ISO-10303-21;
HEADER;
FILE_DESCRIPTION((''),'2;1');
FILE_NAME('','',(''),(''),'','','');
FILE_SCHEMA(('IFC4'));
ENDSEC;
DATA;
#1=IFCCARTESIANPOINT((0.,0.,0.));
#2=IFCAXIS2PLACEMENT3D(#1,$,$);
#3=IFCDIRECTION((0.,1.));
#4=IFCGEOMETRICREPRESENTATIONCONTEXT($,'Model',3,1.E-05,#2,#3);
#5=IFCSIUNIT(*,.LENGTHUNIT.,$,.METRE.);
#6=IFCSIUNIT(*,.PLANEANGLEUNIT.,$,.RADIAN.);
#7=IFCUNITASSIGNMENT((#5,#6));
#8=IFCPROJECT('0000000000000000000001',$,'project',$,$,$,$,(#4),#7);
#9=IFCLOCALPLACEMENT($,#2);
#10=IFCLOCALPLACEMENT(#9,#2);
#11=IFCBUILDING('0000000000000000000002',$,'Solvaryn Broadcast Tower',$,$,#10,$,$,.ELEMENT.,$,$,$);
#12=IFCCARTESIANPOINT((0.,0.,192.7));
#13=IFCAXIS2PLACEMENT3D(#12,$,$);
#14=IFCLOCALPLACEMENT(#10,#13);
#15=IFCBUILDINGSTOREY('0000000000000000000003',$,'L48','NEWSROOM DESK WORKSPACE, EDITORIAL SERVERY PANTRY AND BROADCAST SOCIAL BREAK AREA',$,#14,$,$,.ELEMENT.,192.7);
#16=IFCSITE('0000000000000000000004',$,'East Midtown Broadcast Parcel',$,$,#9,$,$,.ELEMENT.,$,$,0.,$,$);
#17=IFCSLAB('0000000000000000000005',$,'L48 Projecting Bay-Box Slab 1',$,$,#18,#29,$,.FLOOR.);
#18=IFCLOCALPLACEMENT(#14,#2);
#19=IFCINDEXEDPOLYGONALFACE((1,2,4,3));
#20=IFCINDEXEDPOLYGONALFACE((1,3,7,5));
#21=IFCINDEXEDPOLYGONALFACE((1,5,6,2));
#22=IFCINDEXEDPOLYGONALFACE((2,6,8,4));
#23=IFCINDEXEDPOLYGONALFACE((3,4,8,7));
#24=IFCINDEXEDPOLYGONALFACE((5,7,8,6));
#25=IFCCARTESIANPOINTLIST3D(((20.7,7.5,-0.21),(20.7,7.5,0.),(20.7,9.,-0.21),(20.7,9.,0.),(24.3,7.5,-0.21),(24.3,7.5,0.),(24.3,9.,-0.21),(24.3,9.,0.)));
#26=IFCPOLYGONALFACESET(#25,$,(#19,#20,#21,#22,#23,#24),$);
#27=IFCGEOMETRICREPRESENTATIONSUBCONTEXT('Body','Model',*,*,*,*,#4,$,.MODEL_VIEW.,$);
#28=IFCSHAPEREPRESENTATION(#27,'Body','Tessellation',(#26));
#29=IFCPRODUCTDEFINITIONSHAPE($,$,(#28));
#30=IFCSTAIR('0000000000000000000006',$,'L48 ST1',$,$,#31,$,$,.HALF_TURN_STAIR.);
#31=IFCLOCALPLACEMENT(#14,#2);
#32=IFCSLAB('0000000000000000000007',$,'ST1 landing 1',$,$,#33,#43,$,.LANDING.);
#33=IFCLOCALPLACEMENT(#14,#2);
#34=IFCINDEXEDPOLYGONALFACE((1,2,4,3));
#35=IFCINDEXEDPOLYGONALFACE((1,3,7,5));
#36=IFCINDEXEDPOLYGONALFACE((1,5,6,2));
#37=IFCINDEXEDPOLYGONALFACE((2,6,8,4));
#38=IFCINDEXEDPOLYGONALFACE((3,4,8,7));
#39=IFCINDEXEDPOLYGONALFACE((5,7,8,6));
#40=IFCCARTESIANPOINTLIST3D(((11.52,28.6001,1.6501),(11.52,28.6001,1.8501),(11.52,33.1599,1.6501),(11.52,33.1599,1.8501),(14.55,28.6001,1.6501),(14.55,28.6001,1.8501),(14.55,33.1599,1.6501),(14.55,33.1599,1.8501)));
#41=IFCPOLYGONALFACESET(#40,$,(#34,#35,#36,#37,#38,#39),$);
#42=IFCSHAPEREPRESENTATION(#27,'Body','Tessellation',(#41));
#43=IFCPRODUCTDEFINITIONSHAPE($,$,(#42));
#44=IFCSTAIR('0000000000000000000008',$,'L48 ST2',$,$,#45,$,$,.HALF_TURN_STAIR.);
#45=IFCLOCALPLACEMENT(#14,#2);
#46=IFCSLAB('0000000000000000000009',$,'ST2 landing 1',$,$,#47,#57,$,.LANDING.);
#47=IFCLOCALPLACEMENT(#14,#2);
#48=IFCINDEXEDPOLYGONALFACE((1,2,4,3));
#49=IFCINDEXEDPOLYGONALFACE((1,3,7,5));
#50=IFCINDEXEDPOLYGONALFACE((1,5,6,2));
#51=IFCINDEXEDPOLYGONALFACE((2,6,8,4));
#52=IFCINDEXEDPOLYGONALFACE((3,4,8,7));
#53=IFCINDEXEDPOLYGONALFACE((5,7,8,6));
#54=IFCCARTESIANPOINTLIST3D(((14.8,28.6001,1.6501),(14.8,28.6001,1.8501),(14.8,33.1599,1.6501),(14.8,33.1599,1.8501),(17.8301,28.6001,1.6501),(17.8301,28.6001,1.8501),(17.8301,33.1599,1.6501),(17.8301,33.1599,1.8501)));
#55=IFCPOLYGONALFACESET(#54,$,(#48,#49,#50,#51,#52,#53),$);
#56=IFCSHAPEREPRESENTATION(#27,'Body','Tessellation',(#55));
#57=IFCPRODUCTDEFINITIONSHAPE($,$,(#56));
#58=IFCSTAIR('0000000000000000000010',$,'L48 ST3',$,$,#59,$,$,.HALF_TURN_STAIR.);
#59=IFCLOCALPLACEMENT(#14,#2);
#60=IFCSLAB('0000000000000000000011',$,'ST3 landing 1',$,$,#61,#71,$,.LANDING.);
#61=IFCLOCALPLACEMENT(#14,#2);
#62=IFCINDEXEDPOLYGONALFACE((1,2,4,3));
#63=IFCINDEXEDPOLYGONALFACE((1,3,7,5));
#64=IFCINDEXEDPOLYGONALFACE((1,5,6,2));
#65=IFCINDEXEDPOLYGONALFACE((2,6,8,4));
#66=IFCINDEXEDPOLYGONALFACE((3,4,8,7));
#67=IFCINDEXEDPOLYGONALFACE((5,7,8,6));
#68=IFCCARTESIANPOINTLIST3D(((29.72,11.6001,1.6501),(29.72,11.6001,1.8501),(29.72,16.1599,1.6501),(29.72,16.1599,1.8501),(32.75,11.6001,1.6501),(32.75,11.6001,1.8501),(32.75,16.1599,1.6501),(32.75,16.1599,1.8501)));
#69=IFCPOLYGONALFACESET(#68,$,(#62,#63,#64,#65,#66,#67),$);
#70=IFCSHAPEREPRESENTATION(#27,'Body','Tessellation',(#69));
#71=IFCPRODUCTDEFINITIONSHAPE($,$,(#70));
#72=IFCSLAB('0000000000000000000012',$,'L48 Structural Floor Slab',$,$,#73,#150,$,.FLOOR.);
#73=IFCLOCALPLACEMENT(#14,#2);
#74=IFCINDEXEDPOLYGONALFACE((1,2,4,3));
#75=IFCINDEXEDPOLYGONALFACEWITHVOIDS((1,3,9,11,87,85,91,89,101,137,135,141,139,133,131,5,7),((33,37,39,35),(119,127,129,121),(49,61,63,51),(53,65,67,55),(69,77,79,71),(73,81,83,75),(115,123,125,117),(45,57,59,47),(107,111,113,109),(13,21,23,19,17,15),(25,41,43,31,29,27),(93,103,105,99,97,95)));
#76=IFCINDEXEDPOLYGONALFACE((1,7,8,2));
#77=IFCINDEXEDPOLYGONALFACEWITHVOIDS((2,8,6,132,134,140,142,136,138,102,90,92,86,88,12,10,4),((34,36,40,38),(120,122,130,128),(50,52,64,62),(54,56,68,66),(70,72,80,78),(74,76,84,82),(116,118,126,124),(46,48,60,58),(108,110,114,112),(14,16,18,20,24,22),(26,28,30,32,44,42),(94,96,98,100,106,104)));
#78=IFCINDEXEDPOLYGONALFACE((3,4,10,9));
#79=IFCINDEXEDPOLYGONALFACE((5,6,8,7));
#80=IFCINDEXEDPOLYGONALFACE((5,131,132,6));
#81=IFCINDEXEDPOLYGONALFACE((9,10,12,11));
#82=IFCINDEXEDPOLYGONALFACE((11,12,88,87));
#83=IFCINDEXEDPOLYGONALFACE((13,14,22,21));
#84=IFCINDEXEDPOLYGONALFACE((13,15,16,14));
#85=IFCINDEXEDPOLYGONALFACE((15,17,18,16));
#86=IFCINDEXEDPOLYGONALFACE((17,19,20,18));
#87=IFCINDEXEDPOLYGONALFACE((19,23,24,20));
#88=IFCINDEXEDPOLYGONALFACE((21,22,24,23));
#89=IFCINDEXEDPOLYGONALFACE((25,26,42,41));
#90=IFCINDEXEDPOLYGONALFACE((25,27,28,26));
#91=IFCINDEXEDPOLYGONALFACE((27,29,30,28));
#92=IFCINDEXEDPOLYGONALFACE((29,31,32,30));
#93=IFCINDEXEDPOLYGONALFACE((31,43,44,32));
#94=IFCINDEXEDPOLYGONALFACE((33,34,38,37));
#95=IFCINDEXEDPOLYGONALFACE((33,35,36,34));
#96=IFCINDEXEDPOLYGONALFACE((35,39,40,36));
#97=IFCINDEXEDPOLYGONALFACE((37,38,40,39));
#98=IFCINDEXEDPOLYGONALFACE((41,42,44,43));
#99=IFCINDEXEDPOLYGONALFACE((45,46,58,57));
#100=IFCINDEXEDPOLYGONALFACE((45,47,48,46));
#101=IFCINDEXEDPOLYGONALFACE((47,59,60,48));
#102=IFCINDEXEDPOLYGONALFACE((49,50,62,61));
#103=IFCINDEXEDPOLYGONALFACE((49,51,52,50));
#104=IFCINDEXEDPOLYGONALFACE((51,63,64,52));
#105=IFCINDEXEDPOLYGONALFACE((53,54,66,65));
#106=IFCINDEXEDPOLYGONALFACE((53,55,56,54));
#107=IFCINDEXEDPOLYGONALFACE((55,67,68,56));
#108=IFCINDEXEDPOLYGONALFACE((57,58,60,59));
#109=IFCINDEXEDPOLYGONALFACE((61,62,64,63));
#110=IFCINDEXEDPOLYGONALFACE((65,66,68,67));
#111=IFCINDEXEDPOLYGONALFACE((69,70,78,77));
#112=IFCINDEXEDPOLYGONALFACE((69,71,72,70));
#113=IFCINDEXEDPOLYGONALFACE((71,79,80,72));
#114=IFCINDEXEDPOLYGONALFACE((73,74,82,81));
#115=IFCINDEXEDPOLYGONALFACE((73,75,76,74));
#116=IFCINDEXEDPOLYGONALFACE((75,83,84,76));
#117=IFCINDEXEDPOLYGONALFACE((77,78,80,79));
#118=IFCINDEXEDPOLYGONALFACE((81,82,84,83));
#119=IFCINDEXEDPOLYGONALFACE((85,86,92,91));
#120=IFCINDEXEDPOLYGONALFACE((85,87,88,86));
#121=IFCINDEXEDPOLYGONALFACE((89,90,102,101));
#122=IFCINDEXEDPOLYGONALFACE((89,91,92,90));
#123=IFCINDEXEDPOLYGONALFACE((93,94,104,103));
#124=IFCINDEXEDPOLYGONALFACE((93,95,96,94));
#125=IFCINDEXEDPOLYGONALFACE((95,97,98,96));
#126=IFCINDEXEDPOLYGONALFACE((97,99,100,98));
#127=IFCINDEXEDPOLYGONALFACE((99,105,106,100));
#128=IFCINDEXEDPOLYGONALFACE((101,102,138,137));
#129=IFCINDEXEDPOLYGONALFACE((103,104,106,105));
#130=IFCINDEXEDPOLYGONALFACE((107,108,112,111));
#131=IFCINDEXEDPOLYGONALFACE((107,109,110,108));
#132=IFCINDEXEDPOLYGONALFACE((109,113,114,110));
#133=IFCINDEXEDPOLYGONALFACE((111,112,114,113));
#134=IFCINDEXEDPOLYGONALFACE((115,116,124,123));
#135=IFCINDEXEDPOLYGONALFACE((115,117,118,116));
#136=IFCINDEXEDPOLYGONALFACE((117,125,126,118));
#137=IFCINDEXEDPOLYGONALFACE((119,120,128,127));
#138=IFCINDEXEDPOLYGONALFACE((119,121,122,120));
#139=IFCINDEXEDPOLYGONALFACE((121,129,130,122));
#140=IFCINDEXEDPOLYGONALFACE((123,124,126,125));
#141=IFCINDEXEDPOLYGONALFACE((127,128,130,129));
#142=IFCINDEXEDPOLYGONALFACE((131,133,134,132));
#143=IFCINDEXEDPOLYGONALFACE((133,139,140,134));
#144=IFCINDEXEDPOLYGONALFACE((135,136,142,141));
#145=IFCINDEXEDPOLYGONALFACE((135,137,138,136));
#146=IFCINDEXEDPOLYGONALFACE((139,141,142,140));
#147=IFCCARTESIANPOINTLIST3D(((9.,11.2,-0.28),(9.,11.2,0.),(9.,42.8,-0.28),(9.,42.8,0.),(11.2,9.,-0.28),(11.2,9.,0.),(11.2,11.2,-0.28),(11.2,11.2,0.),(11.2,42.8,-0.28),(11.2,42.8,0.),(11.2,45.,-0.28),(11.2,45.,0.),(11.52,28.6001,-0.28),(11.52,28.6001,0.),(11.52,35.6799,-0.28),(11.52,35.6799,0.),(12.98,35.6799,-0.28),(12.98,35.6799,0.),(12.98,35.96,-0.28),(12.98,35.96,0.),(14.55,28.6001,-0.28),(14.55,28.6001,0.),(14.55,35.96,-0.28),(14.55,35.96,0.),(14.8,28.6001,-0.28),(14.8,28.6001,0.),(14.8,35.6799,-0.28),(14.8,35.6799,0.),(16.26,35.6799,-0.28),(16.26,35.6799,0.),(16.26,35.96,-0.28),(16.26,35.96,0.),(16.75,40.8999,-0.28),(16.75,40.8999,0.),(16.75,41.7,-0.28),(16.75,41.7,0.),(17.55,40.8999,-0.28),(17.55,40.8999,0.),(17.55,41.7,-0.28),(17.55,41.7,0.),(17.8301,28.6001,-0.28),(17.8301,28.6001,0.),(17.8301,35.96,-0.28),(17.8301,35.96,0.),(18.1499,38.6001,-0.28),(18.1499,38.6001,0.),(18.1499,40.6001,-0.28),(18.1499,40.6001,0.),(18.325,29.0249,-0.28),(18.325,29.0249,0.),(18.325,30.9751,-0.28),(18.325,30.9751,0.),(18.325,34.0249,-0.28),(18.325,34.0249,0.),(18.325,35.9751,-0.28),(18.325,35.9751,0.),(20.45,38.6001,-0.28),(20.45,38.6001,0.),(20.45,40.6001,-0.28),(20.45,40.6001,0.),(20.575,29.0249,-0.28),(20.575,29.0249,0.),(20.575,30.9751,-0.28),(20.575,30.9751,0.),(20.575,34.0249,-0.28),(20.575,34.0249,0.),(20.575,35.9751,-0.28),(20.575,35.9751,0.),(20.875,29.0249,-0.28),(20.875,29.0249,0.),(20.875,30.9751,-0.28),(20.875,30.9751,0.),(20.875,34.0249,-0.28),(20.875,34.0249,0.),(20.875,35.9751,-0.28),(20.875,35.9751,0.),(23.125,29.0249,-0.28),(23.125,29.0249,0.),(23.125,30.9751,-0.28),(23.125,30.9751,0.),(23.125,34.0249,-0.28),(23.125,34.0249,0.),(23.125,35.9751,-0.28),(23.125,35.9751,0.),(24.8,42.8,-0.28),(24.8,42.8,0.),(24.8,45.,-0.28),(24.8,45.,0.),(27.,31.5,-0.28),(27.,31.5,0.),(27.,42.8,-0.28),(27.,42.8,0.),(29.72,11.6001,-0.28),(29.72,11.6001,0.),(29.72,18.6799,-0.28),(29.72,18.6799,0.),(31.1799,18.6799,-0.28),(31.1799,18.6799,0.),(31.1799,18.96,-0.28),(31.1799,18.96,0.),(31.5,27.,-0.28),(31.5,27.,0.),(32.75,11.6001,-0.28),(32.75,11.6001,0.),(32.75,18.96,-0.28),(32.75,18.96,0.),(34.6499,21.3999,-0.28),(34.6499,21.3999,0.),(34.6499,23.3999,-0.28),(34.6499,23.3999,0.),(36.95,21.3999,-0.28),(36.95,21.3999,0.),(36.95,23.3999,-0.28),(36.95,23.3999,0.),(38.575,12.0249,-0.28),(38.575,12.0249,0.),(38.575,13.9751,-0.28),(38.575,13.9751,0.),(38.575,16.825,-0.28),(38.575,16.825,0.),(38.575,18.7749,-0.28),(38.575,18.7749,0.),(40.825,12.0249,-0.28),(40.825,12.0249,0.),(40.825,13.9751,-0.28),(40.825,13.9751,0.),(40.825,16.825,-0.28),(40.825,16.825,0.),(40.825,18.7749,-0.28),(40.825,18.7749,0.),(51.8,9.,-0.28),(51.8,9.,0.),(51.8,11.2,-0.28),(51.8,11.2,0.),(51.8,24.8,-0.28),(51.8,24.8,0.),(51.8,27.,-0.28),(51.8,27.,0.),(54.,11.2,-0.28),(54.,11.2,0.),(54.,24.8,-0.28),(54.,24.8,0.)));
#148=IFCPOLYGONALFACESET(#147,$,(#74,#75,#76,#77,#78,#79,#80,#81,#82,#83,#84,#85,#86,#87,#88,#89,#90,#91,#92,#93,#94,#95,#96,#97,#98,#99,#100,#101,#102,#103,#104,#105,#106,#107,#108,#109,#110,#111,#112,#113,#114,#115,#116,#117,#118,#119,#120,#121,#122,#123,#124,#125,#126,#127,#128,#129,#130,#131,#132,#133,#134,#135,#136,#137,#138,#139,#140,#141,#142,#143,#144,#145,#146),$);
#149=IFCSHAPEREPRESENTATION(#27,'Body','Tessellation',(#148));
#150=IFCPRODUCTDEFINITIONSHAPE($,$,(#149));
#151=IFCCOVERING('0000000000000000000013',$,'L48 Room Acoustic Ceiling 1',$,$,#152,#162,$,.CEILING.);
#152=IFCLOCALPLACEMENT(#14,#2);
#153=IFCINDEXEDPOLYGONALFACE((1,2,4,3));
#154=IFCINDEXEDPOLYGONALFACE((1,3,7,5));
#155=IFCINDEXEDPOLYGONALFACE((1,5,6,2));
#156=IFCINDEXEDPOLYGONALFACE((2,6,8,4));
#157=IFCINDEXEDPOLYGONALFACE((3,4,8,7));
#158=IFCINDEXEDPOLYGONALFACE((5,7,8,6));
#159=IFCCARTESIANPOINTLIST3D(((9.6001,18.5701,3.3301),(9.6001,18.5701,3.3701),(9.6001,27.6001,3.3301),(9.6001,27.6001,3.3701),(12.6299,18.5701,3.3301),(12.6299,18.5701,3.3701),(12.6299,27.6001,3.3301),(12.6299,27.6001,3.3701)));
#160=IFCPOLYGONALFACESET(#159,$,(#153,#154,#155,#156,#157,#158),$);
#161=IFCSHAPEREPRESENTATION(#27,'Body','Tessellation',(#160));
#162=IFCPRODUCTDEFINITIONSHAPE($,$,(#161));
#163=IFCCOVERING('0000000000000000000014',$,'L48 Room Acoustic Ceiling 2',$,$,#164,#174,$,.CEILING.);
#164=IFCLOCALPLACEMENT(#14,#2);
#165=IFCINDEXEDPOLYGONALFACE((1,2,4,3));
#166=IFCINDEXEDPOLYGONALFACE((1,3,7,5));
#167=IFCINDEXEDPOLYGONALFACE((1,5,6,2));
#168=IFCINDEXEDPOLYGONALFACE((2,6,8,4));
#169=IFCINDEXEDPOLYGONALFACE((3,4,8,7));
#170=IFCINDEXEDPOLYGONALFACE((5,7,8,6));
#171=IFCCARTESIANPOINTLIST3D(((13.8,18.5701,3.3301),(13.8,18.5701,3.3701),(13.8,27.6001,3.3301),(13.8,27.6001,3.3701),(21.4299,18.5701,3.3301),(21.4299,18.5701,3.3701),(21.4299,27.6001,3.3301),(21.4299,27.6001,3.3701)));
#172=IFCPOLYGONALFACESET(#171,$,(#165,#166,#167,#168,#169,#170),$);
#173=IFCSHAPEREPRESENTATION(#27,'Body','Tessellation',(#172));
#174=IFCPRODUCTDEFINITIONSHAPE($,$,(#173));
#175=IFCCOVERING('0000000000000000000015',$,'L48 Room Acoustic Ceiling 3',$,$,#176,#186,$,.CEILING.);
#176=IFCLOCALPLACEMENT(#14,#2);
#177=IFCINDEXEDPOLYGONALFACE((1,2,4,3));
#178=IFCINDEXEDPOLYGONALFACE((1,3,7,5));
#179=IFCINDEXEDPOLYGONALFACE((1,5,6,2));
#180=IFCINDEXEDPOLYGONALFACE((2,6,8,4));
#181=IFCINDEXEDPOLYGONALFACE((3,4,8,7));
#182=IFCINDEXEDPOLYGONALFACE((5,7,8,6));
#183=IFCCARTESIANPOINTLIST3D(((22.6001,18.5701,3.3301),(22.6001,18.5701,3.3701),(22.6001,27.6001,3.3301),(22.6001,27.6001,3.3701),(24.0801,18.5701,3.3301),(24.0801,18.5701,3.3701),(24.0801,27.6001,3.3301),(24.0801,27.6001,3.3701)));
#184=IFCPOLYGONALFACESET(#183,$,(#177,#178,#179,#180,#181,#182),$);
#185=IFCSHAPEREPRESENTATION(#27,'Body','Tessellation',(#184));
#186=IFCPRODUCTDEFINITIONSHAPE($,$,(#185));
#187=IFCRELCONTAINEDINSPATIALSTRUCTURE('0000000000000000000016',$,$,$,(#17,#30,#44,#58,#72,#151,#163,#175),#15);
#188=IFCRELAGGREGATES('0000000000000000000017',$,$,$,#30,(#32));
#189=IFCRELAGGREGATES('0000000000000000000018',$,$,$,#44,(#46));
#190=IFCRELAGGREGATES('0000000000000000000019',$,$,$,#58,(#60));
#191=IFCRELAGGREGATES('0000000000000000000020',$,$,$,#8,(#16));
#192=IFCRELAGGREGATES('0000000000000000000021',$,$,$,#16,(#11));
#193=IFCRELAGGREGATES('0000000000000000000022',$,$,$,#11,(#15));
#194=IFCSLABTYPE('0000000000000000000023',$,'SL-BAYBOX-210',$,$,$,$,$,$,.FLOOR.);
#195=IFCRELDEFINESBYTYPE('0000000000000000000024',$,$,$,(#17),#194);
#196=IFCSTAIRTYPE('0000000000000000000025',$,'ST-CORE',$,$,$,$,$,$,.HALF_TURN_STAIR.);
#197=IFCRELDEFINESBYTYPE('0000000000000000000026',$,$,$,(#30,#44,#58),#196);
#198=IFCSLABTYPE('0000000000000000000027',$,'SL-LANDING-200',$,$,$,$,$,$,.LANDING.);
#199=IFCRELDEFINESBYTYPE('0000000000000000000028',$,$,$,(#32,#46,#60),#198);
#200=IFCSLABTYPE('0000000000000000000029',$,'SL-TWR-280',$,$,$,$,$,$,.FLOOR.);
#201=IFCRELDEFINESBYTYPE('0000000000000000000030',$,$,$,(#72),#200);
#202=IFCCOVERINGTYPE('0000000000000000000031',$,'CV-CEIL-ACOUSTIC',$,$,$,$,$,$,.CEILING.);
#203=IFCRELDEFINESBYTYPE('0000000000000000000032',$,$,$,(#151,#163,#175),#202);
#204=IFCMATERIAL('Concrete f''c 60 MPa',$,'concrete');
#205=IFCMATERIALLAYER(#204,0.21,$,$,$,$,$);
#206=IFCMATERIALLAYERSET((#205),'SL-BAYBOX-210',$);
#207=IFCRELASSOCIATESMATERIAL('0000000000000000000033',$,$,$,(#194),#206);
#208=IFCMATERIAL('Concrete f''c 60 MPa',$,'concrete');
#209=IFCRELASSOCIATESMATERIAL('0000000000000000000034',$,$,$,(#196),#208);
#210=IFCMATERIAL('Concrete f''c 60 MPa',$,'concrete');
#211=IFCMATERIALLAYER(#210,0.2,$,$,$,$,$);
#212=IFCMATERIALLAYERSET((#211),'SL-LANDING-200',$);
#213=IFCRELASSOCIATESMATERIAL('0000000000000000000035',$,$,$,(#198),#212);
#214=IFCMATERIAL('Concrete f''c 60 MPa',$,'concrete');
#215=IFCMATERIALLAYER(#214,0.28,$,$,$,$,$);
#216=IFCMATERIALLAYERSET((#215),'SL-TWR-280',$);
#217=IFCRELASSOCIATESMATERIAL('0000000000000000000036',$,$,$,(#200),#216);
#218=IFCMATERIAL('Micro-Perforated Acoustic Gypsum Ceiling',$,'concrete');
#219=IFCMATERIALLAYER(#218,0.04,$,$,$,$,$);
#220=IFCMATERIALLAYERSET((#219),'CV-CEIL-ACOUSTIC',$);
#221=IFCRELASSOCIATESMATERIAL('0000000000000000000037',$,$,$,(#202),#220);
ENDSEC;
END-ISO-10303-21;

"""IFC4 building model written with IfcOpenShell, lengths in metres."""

from ifc_helpers import new_model, si_unit, direction, frame, origin, place, context, subcontext, project, spatial, polyline, outline, extrude, material, layer, layer_set, type_object, element, aggregate, save


model = new_model("IFC4")

# Units and contexts
model_context = context("Model", 3, precision=1e-05, world=origin(), true_north=direction((0.0, 1.0)))
body_context = subcontext(model_context, "Body", "Model", "MODEL_VIEW")
ifc_project = project(units=[si_unit("LENGTHUNIT", "METRE"), si_unit("PLANEANGLEUNIT", "RADIAN")], contexts=[model_context])

# Site, building, storey
site_placement = place(None, origin())
site = spatial("IfcSite", under=ifc_project, at=site_placement, Name="East Midtown Broadcast Parcel", CompositionType="ELEMENT", RefElevation=0.0)
building_placement = place(site_placement, origin())
building = spatial("IfcBuilding", under=site, at=building_placement, Name="Solvaryn Broadcast Tower", CompositionType="ELEMENT")
storey_placement = place(building_placement, frame((0.0, 0.0, 192.7)))
storey = spatial("IfcBuildingStorey", under=building, at=storey_placement, Name="L48", Description="NEWSROOM DESK WORKSPACE, EDITORIAL SERVERY PANTRY AND BROADCAST SOCIAL BREAK AREA", CompositionType="ELEMENT", Elevation=192.7)

# Slab
ifc_material_1 = material(Name="Concrete f'c 60 MPa", Category="concrete")
ifc_layer_1 = layer(ifc_material_1, 0.21)
ifc_layer_set_1 = layer_set([ifc_layer_1], Name="SL-BAYBOX-210")
slab_type_1 = type_object("IfcSlabType", Name="SL-BAYBOX-210", PredefinedType="FLOOR", material=ifc_layer_set_1)
slab_1_placement = place(storey_placement, frame((0.0, 0.0, -0.21)))
element("IfcSlab", 1, at=slab_1_placement, inside=storey, type_object=slab_type_1, Name="L48 Projecting Bay-Box Slab 1", PredefinedType="FLOOR", context=body_context, shape_type="SweptSolid", body=[
    extrude(outline(polyline([(20.7, 7.5), (24.3, 7.5), (24.3, 9.0), (20.7, 9.0), (20.7, 7.5)])), origin(), (0.0, 0.0, 1.0), 0.21),
])

# Stairs, slabs
ifc_material_2 = material(Name="Concrete f'c 60 MPa", Category="concrete")
stair_type = type_object("IfcStairType", Name="ST-CORE", PredefinedType="HALF_TURN_STAIR", material=ifc_material_2)
stair_1_placement = place(storey_placement, origin())
stair_1 = element("IfcStair", 2, at=stair_1_placement, inside=storey, type_object=stair_type, Name="L48 ST1", PredefinedType="HALF_TURN_STAIR")
ifc_material_3 = material(Name="Concrete f'c 60 MPa", Category="concrete")
ifc_layer_2 = layer(ifc_material_3, 0.2)
ifc_layer_set_2 = layer_set([ifc_layer_2], Name="SL-LANDING-200")
slab_type_2 = type_object("IfcSlabType", Name="SL-LANDING-200", PredefinedType="LANDING", material=ifc_layer_set_2)
slab_2_placement = place(storey_placement, frame((0.0, 0.0, 1.6501)))
slab_2 = element("IfcSlab", 3, at=slab_2_placement, type_object=slab_type_2, Name="ST1 landing 1", PredefinedType="LANDING", context=body_context, shape_type="SweptSolid", body=[
    extrude(outline(polyline([(11.52, 33.1599), (11.52, 28.6001), (14.55, 28.6001), (14.55, 33.1599), (11.52, 33.1599)])), origin(), (0.0, 0.0, 1.0), 0.2),
])
aggregate(stair_1, [slab_2])
stair_2_placement = place(storey_placement, origin())
stair_2 = element("IfcStair", 4, at=stair_2_placement, inside=storey, type_object=stair_type, Name="L48 ST2", PredefinedType="HALF_TURN_STAIR")
slab_3_placement = place(storey_placement, frame((0.0, 0.0, 1.6501)))
slab_3 = element("IfcSlab", 5, at=slab_3_placement, type_object=slab_type_2, Name="ST2 landing 1", PredefinedType="LANDING", context=body_context, shape_type="SweptSolid", body=[
    extrude(outline(polyline([(14.8, 33.1599), (14.8, 28.6001), (17.8301, 28.6001), (17.8301, 33.1599), (14.8, 33.1599)])), origin(), (0.0, 0.0, 1.0), 0.2),
])
aggregate(stair_2, [slab_3])
stair_3_placement = place(storey_placement, origin())
stair_3 = element("IfcStair", 6, at=stair_3_placement, inside=storey, type_object=stair_type, Name="L48 ST3", PredefinedType="HALF_TURN_STAIR")
slab_4_placement = place(storey_placement, frame((0.0, 0.0, 1.6501)))
slab_4 = element("IfcSlab", 7, at=slab_4_placement, type_object=slab_type_2, Name="ST3 landing 1", PredefinedType="LANDING", context=body_context, shape_type="SweptSolid", body=[
    extrude(outline(polyline([(29.72, 16.1599), (29.72, 11.6001), (32.75, 11.6001), (32.75, 16.1599), (29.72, 16.1599)])), origin(), (0.0, 0.0, 1.0), 0.2),
])
aggregate(stair_3, [slab_4])

# Slab
ifc_material_4 = material(Name="Concrete f'c 60 MPa", Category="concrete")
ifc_layer_3 = layer(ifc_material_4, 0.28)
ifc_layer_set_3 = layer_set([ifc_layer_3], Name="SL-TWR-280")
slab_type_3 = type_object("IfcSlabType", Name="SL-TWR-280", PredefinedType="FLOOR", material=ifc_layer_set_3)
slab_5_placement = place(storey_placement, frame((0.0, 0.0, -0.28)))
element("IfcSlab", 8, at=slab_5_placement, inside=storey, type_object=slab_type_3, Name="L48 Structural Floor Slab", PredefinedType="FLOOR", context=body_context, shape_type="SweptSolid", body=[
    extrude(outline(polyline([(11.2, 9.0), (51.8, 9.0), (51.8, 11.2), (54.0, 11.2), (54.0, 24.8), (51.8, 24.8), (51.8, 27.0), (31.5, 27.0), (27.0, 31.5), (27.0, 42.8), (24.8, 42.8), (24.8, 45.0), (11.2, 45.0), (11.2, 42.8), (9.0, 42.8), (9.0, 11.2), (11.2, 11.2), (11.2, 9.0)]), holes=[polyline([(11.52, 28.6001), (14.55, 28.6001), (14.55, 35.96), (12.98, 35.96), (12.98, 35.6799), (11.52, 35.6799), (11.52, 28.6001)]), polyline([(14.8, 28.6001), (17.8301, 28.6001), (17.8301, 35.96), (16.26, 35.96), (16.26, 35.6799), (14.8, 35.6799), (14.8, 28.6001)]), polyline([(29.72, 11.6001), (32.75, 11.6001), (32.75, 18.96), (31.1799, 18.96), (31.1799, 18.6799), (29.72, 18.6799), (29.72, 11.6001)]), polyline([(18.1499, 38.6001), (20.45, 38.6001), (20.45, 40.6001), (18.1499, 40.6001), (18.1499, 38.6001)]), polyline([(18.325, 29.0249), (20.575, 29.0249), (20.575, 30.9751), (18.325, 30.9751), (18.325, 29.0249)]), polyline([(20.875, 29.0249), (23.125, 29.0249), (23.125, 30.9751), (20.875, 30.9751), (20.875, 29.0249)]), polyline([(18.325, 34.0249), (20.575, 34.0249), (20.575, 35.9751), (18.325, 35.9751), (18.325, 34.0249)]), polyline([(20.875, 34.0249), (23.125, 34.0249), (23.125, 35.9751), (20.875, 35.9751), (20.875, 34.0249)]), polyline([(34.6499, 21.3999), (36.95, 21.3999), (36.95, 23.3999), (34.6499, 23.3999), (34.6499, 21.3999)]), polyline([(38.575, 12.0249), (40.825, 12.0249), (40.825, 13.9751), (38.575, 13.9751), (38.575, 12.0249)]), polyline([(38.575, 16.825), (40.825, 16.825), (40.825, 18.7749), (38.575, 18.7749), (38.575, 16.825)]), polyline([(16.75, 40.8999), (17.55, 40.8999), (17.55, 41.7), (16.75, 41.7), (16.75, 40.8999)])]), origin(), (0.0, 0.0, 1.0), 0.28),
])

# Coverings
ifc_material_5 = material(Name="Micro-Perforated Acoustic Gypsum Ceiling", Category="concrete")
ifc_layer_4 = layer(ifc_material_5, 0.04)
ifc_layer_set_4 = layer_set([ifc_layer_4], Name="CV-CEIL-ACOUSTIC")
covering_type_1 = type_object("IfcCoveringType", Name="CV-CEIL-ACOUSTIC", PredefinedType="CEILING", material=ifc_layer_set_4)
covering_1_placement = place(storey_placement, frame((0.0, 0.0, 3.3301)))
element("IfcCovering", 9, at=covering_1_placement, inside=storey, type_object=covering_type_1, Name="L48 Room Acoustic Ceiling 1", PredefinedType="CEILING", context=body_context, shape_type="SweptSolid", body=[
    extrude(outline(polyline([(9.6001, 18.5701), (12.6299, 18.5701), (12.6299, 27.6001), (9.6001, 27.6001), (9.6001, 18.5701)])), origin(), (0.0, 0.0, 1.0), 0.04),
])
covering_2_placement = place(storey_placement, frame((0.0, 0.0, 3.3301)))
element("IfcCovering", 10, at=covering_2_placement, inside=storey, type_object=covering_type_1, Name="L48 Room Acoustic Ceiling 2", PredefinedType="CEILING", context=body_context, shape_type="SweptSolid", body=[
    extrude(outline(polyline([(13.8, 18.5701), (21.4299, 18.5701), (21.4299, 27.6001), (13.8, 27.6001), (13.8, 18.5701)])), origin(), (0.0, 0.0, 1.0), 0.04),
])
covering_3_placement = place(storey_placement, frame((0.0, 0.0, 3.3301)))
element("IfcCovering", 11, at=covering_3_placement, inside=storey, type_object=covering_type_1, Name="L48 Room Acoustic Ceiling 3", PredefinedType="CEILING", context=body_context, shape_type="SweptSolid", body=[
    extrude(outline(polyline([(22.6001, 18.5701), (24.0801, 18.5701), (24.0801, 27.6001), (22.6001, 27.6001), (22.6001, 18.5701)])), origin(), (0.0, 0.0, 1.0), 0.04),
])

save(model, "model.ifc")
